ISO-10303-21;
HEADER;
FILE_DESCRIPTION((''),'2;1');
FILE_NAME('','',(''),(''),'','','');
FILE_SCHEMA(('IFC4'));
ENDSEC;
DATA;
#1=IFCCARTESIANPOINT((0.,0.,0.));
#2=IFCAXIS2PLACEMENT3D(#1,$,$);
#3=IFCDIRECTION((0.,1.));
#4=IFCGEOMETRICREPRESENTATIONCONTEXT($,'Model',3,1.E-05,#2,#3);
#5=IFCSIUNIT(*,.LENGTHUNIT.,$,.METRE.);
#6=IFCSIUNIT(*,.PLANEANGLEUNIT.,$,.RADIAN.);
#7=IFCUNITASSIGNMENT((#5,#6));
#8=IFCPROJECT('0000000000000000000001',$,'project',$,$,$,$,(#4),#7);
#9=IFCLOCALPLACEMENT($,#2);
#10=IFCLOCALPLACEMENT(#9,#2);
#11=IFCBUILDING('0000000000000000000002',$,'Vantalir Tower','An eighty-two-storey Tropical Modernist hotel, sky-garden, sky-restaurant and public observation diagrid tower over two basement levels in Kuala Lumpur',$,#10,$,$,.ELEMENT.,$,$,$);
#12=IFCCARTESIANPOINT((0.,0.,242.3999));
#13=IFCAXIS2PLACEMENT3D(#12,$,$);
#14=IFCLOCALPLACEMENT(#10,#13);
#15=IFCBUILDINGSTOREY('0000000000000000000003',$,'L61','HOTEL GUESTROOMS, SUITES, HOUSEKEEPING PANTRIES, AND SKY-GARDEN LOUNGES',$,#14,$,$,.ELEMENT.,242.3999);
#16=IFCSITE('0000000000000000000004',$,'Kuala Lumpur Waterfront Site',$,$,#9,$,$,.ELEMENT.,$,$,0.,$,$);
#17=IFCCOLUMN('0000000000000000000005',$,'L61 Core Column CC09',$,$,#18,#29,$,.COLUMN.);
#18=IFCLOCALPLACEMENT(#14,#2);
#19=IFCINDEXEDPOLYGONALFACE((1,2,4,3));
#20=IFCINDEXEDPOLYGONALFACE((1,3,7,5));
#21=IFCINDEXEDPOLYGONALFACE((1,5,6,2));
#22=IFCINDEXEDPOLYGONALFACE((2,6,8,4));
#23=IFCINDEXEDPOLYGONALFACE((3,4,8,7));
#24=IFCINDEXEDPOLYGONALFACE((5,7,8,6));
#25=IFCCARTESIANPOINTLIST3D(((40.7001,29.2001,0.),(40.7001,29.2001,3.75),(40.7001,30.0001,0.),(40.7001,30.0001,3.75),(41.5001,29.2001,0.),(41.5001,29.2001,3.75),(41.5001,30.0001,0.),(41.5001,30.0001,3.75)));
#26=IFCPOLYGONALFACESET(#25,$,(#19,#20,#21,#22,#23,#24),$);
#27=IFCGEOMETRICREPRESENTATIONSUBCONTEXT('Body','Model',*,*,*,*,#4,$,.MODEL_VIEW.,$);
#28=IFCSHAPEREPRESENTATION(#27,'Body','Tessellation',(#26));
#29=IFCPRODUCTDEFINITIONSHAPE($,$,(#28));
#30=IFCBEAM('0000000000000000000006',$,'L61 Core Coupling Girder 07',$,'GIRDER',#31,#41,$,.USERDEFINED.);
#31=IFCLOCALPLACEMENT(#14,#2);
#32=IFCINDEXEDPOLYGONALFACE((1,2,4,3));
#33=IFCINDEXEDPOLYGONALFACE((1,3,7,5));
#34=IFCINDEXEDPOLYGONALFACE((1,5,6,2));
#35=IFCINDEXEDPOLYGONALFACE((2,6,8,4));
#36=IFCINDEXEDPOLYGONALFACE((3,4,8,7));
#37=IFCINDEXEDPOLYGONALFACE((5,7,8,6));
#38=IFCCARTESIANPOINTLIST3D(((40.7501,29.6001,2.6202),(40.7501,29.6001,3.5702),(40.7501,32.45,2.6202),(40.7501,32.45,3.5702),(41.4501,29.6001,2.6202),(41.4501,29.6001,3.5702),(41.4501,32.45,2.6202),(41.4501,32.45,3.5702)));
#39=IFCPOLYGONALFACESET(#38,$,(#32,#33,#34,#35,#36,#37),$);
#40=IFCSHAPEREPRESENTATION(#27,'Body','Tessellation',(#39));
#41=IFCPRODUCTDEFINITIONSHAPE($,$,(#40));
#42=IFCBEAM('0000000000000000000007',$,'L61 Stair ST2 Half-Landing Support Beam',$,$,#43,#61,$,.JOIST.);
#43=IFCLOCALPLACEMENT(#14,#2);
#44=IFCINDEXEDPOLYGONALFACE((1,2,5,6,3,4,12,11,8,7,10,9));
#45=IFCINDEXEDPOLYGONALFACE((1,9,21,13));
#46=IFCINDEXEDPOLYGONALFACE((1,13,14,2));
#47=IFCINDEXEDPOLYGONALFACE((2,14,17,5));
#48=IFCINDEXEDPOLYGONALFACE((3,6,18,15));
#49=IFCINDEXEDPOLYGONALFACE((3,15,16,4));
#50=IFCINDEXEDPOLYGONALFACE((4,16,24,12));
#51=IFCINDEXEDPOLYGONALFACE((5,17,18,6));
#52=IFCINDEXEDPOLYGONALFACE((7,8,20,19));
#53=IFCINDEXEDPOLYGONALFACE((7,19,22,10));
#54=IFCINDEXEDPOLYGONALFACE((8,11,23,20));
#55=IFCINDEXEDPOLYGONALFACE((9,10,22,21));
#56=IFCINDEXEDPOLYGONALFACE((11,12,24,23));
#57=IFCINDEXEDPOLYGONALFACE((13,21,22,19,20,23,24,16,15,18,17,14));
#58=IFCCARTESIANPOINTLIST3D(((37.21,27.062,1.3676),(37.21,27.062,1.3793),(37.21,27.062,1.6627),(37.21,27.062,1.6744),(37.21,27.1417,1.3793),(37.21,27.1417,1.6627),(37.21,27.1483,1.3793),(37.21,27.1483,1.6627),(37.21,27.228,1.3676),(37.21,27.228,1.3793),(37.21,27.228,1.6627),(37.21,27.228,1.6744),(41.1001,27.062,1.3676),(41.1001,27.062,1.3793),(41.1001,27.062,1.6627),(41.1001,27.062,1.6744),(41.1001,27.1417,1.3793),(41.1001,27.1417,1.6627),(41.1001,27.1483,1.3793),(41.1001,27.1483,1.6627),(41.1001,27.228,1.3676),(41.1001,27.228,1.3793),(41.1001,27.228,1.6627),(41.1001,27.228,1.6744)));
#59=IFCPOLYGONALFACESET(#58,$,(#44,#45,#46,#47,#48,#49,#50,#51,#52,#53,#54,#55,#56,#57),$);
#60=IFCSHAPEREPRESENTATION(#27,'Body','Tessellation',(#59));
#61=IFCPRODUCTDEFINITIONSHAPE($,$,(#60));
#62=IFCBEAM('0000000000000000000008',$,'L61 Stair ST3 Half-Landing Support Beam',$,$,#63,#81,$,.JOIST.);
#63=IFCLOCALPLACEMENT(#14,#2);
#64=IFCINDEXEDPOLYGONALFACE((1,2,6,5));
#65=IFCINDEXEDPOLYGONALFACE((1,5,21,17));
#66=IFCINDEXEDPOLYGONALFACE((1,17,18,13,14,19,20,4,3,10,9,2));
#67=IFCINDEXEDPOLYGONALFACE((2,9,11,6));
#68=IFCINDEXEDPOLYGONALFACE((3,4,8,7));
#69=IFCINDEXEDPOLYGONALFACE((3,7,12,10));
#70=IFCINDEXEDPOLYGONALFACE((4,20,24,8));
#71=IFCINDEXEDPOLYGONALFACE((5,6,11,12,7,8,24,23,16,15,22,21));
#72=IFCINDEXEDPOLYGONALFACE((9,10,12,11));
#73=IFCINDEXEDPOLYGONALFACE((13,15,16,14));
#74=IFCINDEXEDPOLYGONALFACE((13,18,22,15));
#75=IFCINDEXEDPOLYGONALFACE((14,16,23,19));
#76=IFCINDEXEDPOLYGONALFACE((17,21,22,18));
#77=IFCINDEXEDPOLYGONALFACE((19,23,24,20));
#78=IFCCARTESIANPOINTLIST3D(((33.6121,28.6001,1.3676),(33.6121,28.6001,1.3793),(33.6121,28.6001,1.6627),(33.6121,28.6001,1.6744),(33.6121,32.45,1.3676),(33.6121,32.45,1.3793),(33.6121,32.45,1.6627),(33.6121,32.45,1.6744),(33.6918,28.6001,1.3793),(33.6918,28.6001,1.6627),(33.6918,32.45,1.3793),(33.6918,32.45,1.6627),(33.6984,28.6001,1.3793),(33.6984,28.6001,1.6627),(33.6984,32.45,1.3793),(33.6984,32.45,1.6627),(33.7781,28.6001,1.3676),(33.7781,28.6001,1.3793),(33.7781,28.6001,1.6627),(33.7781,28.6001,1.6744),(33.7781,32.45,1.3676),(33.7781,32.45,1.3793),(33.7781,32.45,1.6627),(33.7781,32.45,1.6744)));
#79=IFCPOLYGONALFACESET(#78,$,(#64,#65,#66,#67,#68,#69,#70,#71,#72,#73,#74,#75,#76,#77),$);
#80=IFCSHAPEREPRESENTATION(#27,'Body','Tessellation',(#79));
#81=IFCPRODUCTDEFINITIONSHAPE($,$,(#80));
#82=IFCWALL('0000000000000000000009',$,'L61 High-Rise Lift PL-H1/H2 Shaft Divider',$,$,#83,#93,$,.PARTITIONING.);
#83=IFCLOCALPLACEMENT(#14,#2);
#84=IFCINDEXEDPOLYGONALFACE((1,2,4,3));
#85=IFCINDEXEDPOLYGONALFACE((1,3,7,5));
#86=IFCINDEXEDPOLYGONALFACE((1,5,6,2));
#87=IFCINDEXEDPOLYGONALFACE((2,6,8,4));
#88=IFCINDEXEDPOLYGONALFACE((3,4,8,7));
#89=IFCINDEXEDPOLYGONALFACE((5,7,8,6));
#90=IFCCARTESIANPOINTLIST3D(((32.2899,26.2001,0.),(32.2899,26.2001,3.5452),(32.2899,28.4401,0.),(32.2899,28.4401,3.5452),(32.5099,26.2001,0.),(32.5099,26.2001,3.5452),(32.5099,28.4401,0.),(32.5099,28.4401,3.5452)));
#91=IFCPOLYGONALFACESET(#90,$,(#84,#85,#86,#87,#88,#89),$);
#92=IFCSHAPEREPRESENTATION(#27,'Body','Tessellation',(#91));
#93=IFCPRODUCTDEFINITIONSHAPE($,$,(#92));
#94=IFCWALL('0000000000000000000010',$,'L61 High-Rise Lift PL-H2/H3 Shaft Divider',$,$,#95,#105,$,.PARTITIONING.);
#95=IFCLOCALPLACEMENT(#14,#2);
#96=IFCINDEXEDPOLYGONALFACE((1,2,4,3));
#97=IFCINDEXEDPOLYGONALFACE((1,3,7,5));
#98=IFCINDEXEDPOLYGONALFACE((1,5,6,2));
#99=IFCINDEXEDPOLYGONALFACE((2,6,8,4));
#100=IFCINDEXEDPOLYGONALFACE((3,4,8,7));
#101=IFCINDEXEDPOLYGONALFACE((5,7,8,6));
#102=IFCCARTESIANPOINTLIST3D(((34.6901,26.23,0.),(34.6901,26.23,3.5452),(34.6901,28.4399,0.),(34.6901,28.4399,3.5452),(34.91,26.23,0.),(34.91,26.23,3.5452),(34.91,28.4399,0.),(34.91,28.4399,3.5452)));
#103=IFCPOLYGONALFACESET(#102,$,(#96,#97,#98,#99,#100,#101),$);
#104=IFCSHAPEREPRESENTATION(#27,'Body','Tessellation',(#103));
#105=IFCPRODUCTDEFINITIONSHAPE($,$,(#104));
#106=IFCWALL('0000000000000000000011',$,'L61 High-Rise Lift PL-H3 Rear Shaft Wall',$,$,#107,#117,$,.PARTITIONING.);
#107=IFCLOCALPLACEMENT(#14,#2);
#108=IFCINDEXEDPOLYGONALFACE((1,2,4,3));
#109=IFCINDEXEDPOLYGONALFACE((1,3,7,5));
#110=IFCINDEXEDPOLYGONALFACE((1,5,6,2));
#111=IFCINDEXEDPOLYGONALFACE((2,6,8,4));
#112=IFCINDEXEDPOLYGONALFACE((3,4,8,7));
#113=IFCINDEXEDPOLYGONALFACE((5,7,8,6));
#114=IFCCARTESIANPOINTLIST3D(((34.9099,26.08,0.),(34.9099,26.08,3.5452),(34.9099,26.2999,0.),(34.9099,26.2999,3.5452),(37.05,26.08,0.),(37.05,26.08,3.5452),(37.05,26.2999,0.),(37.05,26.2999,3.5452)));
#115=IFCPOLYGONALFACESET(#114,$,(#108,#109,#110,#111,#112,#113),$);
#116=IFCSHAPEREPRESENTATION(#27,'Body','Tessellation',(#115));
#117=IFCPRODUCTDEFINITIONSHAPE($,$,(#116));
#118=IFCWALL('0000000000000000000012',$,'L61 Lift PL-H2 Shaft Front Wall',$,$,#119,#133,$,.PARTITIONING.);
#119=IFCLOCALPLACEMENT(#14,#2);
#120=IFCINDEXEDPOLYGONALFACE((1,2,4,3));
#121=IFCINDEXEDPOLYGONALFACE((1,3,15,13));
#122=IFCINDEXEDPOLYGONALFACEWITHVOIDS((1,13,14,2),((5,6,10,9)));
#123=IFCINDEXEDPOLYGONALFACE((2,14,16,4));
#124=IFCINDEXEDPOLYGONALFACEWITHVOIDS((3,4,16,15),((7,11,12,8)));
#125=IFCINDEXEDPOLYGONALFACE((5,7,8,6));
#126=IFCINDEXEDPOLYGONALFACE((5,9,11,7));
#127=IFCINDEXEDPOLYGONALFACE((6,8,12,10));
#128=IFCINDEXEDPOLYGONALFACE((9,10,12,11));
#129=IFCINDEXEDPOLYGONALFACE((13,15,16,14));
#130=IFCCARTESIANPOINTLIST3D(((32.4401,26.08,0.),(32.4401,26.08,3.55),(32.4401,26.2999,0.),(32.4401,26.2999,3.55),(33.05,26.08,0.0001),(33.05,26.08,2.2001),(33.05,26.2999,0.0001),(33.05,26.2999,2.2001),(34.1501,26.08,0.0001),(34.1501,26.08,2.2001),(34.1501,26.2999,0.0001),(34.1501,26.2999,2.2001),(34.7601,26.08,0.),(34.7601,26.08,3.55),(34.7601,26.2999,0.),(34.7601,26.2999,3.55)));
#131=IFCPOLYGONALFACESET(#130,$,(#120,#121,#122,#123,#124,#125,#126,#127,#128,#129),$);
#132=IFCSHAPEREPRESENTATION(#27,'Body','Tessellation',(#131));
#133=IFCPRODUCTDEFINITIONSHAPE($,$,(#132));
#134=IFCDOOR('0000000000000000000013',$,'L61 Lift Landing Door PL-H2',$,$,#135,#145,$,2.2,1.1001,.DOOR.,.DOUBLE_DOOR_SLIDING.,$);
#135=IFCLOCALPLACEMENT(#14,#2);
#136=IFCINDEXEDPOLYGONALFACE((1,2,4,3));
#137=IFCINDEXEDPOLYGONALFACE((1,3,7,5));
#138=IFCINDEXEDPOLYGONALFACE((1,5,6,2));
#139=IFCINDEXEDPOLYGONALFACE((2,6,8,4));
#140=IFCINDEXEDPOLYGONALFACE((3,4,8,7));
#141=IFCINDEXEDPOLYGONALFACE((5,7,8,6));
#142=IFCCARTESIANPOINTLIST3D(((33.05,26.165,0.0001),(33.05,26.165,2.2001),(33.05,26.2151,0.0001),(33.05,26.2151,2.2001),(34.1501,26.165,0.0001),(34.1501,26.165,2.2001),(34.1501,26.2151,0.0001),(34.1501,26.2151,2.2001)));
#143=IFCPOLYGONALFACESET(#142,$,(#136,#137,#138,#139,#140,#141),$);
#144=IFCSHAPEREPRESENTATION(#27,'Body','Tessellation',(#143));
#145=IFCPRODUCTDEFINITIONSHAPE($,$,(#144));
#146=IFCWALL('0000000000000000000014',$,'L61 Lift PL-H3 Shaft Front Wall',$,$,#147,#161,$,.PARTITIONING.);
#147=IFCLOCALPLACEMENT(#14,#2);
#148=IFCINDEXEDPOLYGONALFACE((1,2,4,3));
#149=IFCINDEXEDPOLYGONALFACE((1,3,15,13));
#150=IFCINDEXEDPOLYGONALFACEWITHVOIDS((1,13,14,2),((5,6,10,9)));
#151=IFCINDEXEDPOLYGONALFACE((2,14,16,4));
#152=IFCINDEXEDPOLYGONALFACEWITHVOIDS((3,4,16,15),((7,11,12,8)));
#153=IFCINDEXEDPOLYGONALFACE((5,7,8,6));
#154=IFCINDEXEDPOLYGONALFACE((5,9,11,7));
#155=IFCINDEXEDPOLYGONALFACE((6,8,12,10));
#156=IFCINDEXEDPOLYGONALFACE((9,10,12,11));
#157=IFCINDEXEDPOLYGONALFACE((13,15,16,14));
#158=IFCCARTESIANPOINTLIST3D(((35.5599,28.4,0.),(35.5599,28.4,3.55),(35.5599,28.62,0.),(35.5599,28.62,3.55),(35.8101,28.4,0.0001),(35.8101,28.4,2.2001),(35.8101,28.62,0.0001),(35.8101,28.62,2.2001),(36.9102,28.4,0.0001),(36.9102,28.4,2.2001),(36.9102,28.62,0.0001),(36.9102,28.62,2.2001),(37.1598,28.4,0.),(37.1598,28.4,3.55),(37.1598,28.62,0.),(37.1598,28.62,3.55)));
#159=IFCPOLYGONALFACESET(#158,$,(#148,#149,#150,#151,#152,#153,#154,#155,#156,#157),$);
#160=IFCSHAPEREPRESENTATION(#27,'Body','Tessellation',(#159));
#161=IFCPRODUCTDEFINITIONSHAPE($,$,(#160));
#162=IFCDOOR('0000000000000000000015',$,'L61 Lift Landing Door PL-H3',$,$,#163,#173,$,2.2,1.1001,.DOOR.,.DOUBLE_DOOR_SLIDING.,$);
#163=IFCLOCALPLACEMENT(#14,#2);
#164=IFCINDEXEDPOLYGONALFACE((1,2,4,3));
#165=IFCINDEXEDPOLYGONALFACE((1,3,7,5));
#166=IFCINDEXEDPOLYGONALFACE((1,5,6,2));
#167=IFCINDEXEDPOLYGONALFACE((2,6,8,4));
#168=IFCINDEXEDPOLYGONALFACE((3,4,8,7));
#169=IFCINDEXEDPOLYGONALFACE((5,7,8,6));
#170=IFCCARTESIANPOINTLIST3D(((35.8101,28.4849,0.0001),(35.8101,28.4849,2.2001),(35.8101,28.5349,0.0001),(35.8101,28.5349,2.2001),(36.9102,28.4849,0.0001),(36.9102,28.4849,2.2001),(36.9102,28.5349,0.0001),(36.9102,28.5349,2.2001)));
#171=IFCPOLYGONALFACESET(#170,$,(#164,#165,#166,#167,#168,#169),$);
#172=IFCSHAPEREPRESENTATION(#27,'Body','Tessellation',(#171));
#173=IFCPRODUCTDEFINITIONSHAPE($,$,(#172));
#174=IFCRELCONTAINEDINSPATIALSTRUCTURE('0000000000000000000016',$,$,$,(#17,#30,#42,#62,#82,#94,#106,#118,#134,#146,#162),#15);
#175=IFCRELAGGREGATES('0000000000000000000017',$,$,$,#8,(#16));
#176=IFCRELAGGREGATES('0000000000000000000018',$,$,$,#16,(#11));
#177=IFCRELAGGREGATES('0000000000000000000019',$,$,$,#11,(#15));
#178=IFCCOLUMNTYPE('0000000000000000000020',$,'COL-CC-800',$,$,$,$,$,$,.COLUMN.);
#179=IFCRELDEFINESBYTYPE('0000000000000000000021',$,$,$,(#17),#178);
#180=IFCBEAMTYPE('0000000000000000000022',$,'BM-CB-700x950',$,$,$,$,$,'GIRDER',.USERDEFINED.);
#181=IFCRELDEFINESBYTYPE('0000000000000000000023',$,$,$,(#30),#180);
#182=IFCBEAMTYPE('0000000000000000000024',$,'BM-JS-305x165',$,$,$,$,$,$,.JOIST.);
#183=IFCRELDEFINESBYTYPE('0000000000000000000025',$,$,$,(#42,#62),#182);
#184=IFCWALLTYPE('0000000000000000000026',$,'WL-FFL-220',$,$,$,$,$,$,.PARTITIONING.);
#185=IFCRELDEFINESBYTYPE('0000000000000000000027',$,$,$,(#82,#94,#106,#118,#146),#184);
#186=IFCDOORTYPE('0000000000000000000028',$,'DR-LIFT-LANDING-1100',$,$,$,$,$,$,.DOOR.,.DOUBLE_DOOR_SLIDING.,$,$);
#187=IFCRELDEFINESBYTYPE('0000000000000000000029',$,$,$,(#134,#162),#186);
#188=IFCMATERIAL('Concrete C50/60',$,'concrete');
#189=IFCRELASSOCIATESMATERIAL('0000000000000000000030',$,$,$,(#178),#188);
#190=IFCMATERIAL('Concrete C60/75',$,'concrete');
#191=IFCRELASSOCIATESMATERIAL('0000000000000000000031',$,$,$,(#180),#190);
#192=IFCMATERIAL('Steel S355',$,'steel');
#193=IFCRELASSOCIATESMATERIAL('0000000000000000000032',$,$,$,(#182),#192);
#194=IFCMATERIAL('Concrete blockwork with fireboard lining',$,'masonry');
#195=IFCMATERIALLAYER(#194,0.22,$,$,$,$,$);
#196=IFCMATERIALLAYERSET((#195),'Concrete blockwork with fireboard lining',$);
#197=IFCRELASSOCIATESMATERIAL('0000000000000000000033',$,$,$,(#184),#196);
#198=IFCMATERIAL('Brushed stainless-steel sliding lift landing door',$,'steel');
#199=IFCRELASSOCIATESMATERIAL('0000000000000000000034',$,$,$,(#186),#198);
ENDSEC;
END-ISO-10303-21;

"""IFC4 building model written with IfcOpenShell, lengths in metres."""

from ifc_helpers import new_model, si_unit, direction, frame, frame_2d, origin, origin_2d, place, context, subcontext, project, spatial, rectangle, i_section, extrude, material, layer, layer_set, material_profile, profile_set, type_object, element, fill, save


model = new_model("IFC4")

# Units and contexts
model_context = context("Model", 3, precision=1e-05, world=origin(), true_north=direction((0.0, 1.0)))
body_context = subcontext(model_context, "Body", "Model", "MODEL_VIEW")
ifc_project = project(units=[si_unit("LENGTHUNIT", "METRE"), si_unit("PLANEANGLEUNIT", "RADIAN")], contexts=[model_context])

# Site, building, storey
site_placement = place(None, origin())
site = spatial("IfcSite", under=ifc_project, at=site_placement, Name="Kuala Lumpur Waterfront Site", CompositionType="ELEMENT", RefElevation=0.0)
building_placement = place(site_placement, origin())
building = spatial("IfcBuilding", under=site, at=building_placement, Name="Vantalir Tower", Description="An eighty-two-storey Tropical Modernist hotel, sky-garden, sky-restaurant and public observation diagrid tower over two basement levels in Kuala Lumpur", CompositionType="ELEMENT")
storey_placement = place(building_placement, frame((0.0, 0.0, 242.3999)))
storey = spatial("IfcBuildingStorey", under=building, at=storey_placement, Name="L61", Description="HOTEL GUESTROOMS, SUITES, HOUSEKEEPING PANTRIES, AND SKY-GARDEN LOUNGES", CompositionType="ELEMENT", Elevation=242.3999)

# Column
ifc_material_1 = material(Name="Concrete C50/60", Category="concrete")
ifc_material_profile_1 = material_profile(ifc_material_1, rectangle(XDim=0.8, YDim=0.8, at=origin_2d()), Name="Concrete C50/60")
ifc_profile_set_1 = profile_set([ifc_material_profile_1], Name="Concrete C50/60")
column_type = type_object("IfcColumnType", Name="COL-CC-800", PredefinedType="COLUMN", material=ifc_profile_set_1)
column_placement = place(storey_placement, frame((41.1001, 29.6001, 0.0), z_axis=(0.0, 0.0, 1.0), x_axis=(1.0, 0.0, 0.0)))
element("IfcColumn", 1, at=column_placement, inside=storey, type_object=column_type, Name="L61 Core Column CC09", PredefinedType="COLUMN", context=body_context, shape_type="SweptSolid", body=[
    extrude(rectangle(XDim=0.8, YDim=0.8, at=origin_2d()), origin(), (0.0, 0.0, 1.0), 3.75),
])

# Beams
ifc_material_2 = material(Name="Concrete C60/75", Category="concrete")
ifc_material_profile_2 = material_profile(ifc_material_2, rectangle(XDim=0.7, YDim=0.95, at=origin_2d()), Name="Concrete C60/75")
ifc_profile_set_2 = profile_set([ifc_material_profile_2], Name="Concrete C60/75")
beam_type_1 = type_object("IfcBeamType", Name="BM-CB-700x950", ElementType="GIRDER", PredefinedType="USERDEFINED", material=ifc_profile_set_2)
beam_1_placement = place(storey_placement, frame((41.1001, 29.6001, 3.0952), z_axis=(0.0, 1.0, 0.0), x_axis=(-1.0, 0.0, 0.0)))
element("IfcBeam", 2, at=beam_1_placement, inside=storey, type_object=beam_type_1, Name="L61 Core Coupling Girder 07", ObjectType="GIRDER", PredefinedType="USERDEFINED", context=body_context, shape_type="SweptSolid", body=[
    extrude(rectangle(XDim=0.7, YDim=0.95, at=origin_2d()), origin(), (0.0, 0.0, 1.0), 2.8499),
])
ifc_material_3 = material(Name="Steel S355", Category="steel")
ifc_material_profile_3 = material_profile(ifc_material_3, i_section(OverallWidth=0.166, OverallDepth=0.3069, WebThickness=0.0066, FlangeThickness=0.0117, at=origin_2d()), Name="Steel S355")
ifc_profile_set_3 = profile_set([ifc_material_profile_3], Name="Steel S355")
beam_type_2 = type_object("IfcBeamType", Name="BM-JS-305x165", PredefinedType="JOIST", material=ifc_profile_set_3)
beam_2_placement = place(storey_placement, frame((37.21, 27.145, 1.521), z_axis=(1.0, 0.0, 0.0), x_axis=(0.0, 1.0, 0.0)))
element("IfcBeam", 3, at=beam_2_placement, inside=storey, type_object=beam_type_2, Name="L61 Stair ST2 Half-Landing Support Beam", PredefinedType="JOIST", context=body_context, shape_type="SweptSolid", body=[
    extrude(i_section(OverallWidth=0.166, OverallDepth=0.3069, WebThickness=0.0066, FlangeThickness=0.0117, at=origin_2d()), origin(), (0.0, 0.0, 1.0), 3.8901),
])
beam_3_placement = place(storey_placement, frame((33.6951, 28.6001, 1.521), z_axis=(0.0, 1.0, 0.0), x_axis=(-1.0, 0.0, 0.0)))
element("IfcBeam", 4, at=beam_3_placement, inside=storey, type_object=beam_type_2, Name="L61 Stair ST3 Half-Landing Support Beam", PredefinedType="JOIST", context=body_context, shape_type="SweptSolid", body=[
    extrude(i_section(OverallWidth=0.166, OverallDepth=0.3069, WebThickness=0.0066, FlangeThickness=0.0117, at=origin_2d()), origin(), (0.0, 0.0, 1.0), 3.8499),
])

# Walls
ifc_material_4 = material(Name="Concrete blockwork with fireboard lining", Category="masonry")
ifc_layer_1 = layer(ifc_material_4, 0.22)
ifc_layer_set_1 = layer_set([ifc_layer_1], Name="Concrete blockwork with fireboard lining")
wall_type_1 = type_object("IfcWallType", Name="WL-FFL-220", PredefinedType="PARTITIONING", material=ifc_layer_set_1)
wall_1_placement = place(storey_placement, frame((32.3999, 26.2, 0.0), z_axis=(0.0, 0.0, 1.0), x_axis=(0.0, 1.0, 0.0)))
element("IfcWall", 5, at=wall_1_placement, inside=storey, type_object=wall_type_1, Name="L61 High-Rise Lift PL-H1/H2 Shaft Divider", PredefinedType="PARTITIONING", context=body_context, shape_type="SweptSolid", body=[
    extrude(rectangle(XDim=2.24, YDim=0.22, at=frame_2d((1.1201, 0.0))), origin(), (0.0, 0.0, 1.0), 3.5452),
])
wall_2_placement = place(storey_placement, frame((34.8, 26.23, 0.0), z_axis=(0.0, 0.0, 1.0), x_axis=(0.0, 1.0, 0.0)))
element("IfcWall", 6, at=wall_2_placement, inside=storey, type_object=wall_type_1, Name="L61 High-Rise Lift PL-H2/H3 Shaft Divider", PredefinedType="PARTITIONING", context=body_context, shape_type="SweptSolid", body=[
    extrude(rectangle(XDim=2.21, YDim=0.22, at=frame_2d((1.105, 0.0))), origin(), (0.0, 0.0, 1.0), 3.5452),
])
wall_3_placement = place(storey_placement, frame((34.9099, 26.1899, 0.0), z_axis=(0.0, 0.0, 1.0), x_axis=(1.0, 0.0, 0.0)))
element("IfcWall", 7, at=wall_3_placement, inside=storey, type_object=wall_type_1, Name="L61 High-Rise Lift PL-H3 Rear Shaft Wall", PredefinedType="PARTITIONING", context=body_context, shape_type="SweptSolid", body=[
    extrude(rectangle(XDim=2.1401, YDim=0.22, at=frame_2d((1.0701, 0.0))), origin(), (0.0, 0.0, 1.0), 3.5452),
])

# Walls, openings, doors
wall_4_placement = place(storey_placement, frame((32.4399, 26.1899, 0.0), z_axis=(0.0, 0.0, 1.0), x_axis=(1.0, 0.0, 0.0)))
wall_4 = element("IfcWall", 8, at=wall_4_placement, inside=storey, type_object=wall_type_1, Name="L61 Lift PL-H2 Shaft Front Wall", PredefinedType="PARTITIONING", context=body_context, shape_type="SweptSolid", body=[
    extrude(rectangle(XDim=2.3201, YDim=0.22, at=frame_2d((1.1602, 0.0))), origin(), (0.0, 0.0, 1.0), 3.55),
])
opening_1_placement = place(wall_4_placement, frame((0.6101, 0.0, 0.0)))
opening_1 = element("IfcOpeningElement", 9, at=opening_1_placement, cuts=wall_4, PredefinedType="OPENING", context=body_context, shape_type="SweptSolid", body=[
    extrude(rectangle(XDim=1.1001, YDim=2.2, at=frame_2d((0.55, 1.1001))), frame((0.0, 0.1199, 0.0), z_axis=(0.0, -1.0, 0.0), x_axis=(1.0, 0.0, 0.0)), (0.0, 0.0, 1.0), 0.24),
])
ifc_material_5 = material(Name="Brushed stainless-steel sliding lift landing door", Category="steel")
door_type = type_object("IfcDoorType", Name="DR-LIFT-LANDING-1100", OperationType="DOUBLE_DOOR_SLIDING", PredefinedType="DOOR", material=ifc_material_5)
door_1_placement = place(opening_1_placement, frame((1.1001, 0.0, 0.0), z_axis=(0.0, 0.0, 1.0), x_axis=(-1.0, 0.0, 0.0)))
door_1 = element("IfcDoor", 10, at=door_1_placement, inside=storey, type_object=door_type, Name="L61 Lift Landing Door PL-H2", OperationType="DOUBLE_DOOR_SLIDING", OverallHeight=2.2, OverallWidth=1.1001, PredefinedType="DOOR", context=body_context, shape_type="SweptSolid", body=[
    extrude(rectangle(XDim=1.1001, YDim=2.2, at=frame_2d((0.55, 1.1001))), frame((0.0, 0.0249, 0.0), z_axis=(0.0, -1.0, 0.0), x_axis=(1.0, 0.0, 0.0)), (0.0, 0.0, 1.0), 0.05),
])
fill(opening_1, door_1)
wall_5_placement = place(storey_placement, frame((35.5601, 28.51, 0.0), z_axis=(0.0, 0.0, 1.0), x_axis=(1.0, 0.0, 0.0)))
wall_5 = element("IfcWall", 11, at=wall_5_placement, inside=storey, type_object=wall_type_1, Name="L61 Lift PL-H3 Shaft Front Wall", PredefinedType="PARTITIONING", context=body_context, shape_type="SweptSolid", body=[
    extrude(rectangle(XDim=1.5999, YDim=0.22, at=frame_2d((0.7998, 0.0))), origin(), (0.0, 0.0, 1.0), 3.55),
])
opening_2_placement = place(wall_5_placement, frame((0.25, 0.0, 0.0)))
opening_2 = element("IfcOpeningElement", 12, at=opening_2_placement, cuts=wall_5, PredefinedType="OPENING", context=body_context, shape_type="SweptSolid", body=[
    extrude(rectangle(XDim=1.1001, YDim=2.2, at=frame_2d((0.55, 1.1001))), frame((0.0, 0.1199, 0.0), z_axis=(0.0, -1.0, 0.0), x_axis=(1.0, 0.0, 0.0)), (0.0, 0.0, 1.0), 0.24),
])
door_2_placement = place(opening_2_placement, origin())
door_2 = element("IfcDoor", 13, at=door_2_placement, inside=storey, type_object=door_type, Name="L61 Lift Landing Door PL-H3", OperationType="DOUBLE_DOOR_SLIDING", OverallHeight=2.2, OverallWidth=1.1001, PredefinedType="DOOR", context=body_context, shape_type="SweptSolid", body=[
    extrude(rectangle(XDim=1.1001, YDim=2.2, at=frame_2d((0.55, 1.1001))), frame((0.0, 0.0249, 0.0), z_axis=(0.0, -1.0, 0.0), x_axis=(1.0, 0.0, 0.0)), (0.0, 0.0, 1.0), 0.05),
])
fill(opening_2, door_2)

save(model, "model.ifc")
